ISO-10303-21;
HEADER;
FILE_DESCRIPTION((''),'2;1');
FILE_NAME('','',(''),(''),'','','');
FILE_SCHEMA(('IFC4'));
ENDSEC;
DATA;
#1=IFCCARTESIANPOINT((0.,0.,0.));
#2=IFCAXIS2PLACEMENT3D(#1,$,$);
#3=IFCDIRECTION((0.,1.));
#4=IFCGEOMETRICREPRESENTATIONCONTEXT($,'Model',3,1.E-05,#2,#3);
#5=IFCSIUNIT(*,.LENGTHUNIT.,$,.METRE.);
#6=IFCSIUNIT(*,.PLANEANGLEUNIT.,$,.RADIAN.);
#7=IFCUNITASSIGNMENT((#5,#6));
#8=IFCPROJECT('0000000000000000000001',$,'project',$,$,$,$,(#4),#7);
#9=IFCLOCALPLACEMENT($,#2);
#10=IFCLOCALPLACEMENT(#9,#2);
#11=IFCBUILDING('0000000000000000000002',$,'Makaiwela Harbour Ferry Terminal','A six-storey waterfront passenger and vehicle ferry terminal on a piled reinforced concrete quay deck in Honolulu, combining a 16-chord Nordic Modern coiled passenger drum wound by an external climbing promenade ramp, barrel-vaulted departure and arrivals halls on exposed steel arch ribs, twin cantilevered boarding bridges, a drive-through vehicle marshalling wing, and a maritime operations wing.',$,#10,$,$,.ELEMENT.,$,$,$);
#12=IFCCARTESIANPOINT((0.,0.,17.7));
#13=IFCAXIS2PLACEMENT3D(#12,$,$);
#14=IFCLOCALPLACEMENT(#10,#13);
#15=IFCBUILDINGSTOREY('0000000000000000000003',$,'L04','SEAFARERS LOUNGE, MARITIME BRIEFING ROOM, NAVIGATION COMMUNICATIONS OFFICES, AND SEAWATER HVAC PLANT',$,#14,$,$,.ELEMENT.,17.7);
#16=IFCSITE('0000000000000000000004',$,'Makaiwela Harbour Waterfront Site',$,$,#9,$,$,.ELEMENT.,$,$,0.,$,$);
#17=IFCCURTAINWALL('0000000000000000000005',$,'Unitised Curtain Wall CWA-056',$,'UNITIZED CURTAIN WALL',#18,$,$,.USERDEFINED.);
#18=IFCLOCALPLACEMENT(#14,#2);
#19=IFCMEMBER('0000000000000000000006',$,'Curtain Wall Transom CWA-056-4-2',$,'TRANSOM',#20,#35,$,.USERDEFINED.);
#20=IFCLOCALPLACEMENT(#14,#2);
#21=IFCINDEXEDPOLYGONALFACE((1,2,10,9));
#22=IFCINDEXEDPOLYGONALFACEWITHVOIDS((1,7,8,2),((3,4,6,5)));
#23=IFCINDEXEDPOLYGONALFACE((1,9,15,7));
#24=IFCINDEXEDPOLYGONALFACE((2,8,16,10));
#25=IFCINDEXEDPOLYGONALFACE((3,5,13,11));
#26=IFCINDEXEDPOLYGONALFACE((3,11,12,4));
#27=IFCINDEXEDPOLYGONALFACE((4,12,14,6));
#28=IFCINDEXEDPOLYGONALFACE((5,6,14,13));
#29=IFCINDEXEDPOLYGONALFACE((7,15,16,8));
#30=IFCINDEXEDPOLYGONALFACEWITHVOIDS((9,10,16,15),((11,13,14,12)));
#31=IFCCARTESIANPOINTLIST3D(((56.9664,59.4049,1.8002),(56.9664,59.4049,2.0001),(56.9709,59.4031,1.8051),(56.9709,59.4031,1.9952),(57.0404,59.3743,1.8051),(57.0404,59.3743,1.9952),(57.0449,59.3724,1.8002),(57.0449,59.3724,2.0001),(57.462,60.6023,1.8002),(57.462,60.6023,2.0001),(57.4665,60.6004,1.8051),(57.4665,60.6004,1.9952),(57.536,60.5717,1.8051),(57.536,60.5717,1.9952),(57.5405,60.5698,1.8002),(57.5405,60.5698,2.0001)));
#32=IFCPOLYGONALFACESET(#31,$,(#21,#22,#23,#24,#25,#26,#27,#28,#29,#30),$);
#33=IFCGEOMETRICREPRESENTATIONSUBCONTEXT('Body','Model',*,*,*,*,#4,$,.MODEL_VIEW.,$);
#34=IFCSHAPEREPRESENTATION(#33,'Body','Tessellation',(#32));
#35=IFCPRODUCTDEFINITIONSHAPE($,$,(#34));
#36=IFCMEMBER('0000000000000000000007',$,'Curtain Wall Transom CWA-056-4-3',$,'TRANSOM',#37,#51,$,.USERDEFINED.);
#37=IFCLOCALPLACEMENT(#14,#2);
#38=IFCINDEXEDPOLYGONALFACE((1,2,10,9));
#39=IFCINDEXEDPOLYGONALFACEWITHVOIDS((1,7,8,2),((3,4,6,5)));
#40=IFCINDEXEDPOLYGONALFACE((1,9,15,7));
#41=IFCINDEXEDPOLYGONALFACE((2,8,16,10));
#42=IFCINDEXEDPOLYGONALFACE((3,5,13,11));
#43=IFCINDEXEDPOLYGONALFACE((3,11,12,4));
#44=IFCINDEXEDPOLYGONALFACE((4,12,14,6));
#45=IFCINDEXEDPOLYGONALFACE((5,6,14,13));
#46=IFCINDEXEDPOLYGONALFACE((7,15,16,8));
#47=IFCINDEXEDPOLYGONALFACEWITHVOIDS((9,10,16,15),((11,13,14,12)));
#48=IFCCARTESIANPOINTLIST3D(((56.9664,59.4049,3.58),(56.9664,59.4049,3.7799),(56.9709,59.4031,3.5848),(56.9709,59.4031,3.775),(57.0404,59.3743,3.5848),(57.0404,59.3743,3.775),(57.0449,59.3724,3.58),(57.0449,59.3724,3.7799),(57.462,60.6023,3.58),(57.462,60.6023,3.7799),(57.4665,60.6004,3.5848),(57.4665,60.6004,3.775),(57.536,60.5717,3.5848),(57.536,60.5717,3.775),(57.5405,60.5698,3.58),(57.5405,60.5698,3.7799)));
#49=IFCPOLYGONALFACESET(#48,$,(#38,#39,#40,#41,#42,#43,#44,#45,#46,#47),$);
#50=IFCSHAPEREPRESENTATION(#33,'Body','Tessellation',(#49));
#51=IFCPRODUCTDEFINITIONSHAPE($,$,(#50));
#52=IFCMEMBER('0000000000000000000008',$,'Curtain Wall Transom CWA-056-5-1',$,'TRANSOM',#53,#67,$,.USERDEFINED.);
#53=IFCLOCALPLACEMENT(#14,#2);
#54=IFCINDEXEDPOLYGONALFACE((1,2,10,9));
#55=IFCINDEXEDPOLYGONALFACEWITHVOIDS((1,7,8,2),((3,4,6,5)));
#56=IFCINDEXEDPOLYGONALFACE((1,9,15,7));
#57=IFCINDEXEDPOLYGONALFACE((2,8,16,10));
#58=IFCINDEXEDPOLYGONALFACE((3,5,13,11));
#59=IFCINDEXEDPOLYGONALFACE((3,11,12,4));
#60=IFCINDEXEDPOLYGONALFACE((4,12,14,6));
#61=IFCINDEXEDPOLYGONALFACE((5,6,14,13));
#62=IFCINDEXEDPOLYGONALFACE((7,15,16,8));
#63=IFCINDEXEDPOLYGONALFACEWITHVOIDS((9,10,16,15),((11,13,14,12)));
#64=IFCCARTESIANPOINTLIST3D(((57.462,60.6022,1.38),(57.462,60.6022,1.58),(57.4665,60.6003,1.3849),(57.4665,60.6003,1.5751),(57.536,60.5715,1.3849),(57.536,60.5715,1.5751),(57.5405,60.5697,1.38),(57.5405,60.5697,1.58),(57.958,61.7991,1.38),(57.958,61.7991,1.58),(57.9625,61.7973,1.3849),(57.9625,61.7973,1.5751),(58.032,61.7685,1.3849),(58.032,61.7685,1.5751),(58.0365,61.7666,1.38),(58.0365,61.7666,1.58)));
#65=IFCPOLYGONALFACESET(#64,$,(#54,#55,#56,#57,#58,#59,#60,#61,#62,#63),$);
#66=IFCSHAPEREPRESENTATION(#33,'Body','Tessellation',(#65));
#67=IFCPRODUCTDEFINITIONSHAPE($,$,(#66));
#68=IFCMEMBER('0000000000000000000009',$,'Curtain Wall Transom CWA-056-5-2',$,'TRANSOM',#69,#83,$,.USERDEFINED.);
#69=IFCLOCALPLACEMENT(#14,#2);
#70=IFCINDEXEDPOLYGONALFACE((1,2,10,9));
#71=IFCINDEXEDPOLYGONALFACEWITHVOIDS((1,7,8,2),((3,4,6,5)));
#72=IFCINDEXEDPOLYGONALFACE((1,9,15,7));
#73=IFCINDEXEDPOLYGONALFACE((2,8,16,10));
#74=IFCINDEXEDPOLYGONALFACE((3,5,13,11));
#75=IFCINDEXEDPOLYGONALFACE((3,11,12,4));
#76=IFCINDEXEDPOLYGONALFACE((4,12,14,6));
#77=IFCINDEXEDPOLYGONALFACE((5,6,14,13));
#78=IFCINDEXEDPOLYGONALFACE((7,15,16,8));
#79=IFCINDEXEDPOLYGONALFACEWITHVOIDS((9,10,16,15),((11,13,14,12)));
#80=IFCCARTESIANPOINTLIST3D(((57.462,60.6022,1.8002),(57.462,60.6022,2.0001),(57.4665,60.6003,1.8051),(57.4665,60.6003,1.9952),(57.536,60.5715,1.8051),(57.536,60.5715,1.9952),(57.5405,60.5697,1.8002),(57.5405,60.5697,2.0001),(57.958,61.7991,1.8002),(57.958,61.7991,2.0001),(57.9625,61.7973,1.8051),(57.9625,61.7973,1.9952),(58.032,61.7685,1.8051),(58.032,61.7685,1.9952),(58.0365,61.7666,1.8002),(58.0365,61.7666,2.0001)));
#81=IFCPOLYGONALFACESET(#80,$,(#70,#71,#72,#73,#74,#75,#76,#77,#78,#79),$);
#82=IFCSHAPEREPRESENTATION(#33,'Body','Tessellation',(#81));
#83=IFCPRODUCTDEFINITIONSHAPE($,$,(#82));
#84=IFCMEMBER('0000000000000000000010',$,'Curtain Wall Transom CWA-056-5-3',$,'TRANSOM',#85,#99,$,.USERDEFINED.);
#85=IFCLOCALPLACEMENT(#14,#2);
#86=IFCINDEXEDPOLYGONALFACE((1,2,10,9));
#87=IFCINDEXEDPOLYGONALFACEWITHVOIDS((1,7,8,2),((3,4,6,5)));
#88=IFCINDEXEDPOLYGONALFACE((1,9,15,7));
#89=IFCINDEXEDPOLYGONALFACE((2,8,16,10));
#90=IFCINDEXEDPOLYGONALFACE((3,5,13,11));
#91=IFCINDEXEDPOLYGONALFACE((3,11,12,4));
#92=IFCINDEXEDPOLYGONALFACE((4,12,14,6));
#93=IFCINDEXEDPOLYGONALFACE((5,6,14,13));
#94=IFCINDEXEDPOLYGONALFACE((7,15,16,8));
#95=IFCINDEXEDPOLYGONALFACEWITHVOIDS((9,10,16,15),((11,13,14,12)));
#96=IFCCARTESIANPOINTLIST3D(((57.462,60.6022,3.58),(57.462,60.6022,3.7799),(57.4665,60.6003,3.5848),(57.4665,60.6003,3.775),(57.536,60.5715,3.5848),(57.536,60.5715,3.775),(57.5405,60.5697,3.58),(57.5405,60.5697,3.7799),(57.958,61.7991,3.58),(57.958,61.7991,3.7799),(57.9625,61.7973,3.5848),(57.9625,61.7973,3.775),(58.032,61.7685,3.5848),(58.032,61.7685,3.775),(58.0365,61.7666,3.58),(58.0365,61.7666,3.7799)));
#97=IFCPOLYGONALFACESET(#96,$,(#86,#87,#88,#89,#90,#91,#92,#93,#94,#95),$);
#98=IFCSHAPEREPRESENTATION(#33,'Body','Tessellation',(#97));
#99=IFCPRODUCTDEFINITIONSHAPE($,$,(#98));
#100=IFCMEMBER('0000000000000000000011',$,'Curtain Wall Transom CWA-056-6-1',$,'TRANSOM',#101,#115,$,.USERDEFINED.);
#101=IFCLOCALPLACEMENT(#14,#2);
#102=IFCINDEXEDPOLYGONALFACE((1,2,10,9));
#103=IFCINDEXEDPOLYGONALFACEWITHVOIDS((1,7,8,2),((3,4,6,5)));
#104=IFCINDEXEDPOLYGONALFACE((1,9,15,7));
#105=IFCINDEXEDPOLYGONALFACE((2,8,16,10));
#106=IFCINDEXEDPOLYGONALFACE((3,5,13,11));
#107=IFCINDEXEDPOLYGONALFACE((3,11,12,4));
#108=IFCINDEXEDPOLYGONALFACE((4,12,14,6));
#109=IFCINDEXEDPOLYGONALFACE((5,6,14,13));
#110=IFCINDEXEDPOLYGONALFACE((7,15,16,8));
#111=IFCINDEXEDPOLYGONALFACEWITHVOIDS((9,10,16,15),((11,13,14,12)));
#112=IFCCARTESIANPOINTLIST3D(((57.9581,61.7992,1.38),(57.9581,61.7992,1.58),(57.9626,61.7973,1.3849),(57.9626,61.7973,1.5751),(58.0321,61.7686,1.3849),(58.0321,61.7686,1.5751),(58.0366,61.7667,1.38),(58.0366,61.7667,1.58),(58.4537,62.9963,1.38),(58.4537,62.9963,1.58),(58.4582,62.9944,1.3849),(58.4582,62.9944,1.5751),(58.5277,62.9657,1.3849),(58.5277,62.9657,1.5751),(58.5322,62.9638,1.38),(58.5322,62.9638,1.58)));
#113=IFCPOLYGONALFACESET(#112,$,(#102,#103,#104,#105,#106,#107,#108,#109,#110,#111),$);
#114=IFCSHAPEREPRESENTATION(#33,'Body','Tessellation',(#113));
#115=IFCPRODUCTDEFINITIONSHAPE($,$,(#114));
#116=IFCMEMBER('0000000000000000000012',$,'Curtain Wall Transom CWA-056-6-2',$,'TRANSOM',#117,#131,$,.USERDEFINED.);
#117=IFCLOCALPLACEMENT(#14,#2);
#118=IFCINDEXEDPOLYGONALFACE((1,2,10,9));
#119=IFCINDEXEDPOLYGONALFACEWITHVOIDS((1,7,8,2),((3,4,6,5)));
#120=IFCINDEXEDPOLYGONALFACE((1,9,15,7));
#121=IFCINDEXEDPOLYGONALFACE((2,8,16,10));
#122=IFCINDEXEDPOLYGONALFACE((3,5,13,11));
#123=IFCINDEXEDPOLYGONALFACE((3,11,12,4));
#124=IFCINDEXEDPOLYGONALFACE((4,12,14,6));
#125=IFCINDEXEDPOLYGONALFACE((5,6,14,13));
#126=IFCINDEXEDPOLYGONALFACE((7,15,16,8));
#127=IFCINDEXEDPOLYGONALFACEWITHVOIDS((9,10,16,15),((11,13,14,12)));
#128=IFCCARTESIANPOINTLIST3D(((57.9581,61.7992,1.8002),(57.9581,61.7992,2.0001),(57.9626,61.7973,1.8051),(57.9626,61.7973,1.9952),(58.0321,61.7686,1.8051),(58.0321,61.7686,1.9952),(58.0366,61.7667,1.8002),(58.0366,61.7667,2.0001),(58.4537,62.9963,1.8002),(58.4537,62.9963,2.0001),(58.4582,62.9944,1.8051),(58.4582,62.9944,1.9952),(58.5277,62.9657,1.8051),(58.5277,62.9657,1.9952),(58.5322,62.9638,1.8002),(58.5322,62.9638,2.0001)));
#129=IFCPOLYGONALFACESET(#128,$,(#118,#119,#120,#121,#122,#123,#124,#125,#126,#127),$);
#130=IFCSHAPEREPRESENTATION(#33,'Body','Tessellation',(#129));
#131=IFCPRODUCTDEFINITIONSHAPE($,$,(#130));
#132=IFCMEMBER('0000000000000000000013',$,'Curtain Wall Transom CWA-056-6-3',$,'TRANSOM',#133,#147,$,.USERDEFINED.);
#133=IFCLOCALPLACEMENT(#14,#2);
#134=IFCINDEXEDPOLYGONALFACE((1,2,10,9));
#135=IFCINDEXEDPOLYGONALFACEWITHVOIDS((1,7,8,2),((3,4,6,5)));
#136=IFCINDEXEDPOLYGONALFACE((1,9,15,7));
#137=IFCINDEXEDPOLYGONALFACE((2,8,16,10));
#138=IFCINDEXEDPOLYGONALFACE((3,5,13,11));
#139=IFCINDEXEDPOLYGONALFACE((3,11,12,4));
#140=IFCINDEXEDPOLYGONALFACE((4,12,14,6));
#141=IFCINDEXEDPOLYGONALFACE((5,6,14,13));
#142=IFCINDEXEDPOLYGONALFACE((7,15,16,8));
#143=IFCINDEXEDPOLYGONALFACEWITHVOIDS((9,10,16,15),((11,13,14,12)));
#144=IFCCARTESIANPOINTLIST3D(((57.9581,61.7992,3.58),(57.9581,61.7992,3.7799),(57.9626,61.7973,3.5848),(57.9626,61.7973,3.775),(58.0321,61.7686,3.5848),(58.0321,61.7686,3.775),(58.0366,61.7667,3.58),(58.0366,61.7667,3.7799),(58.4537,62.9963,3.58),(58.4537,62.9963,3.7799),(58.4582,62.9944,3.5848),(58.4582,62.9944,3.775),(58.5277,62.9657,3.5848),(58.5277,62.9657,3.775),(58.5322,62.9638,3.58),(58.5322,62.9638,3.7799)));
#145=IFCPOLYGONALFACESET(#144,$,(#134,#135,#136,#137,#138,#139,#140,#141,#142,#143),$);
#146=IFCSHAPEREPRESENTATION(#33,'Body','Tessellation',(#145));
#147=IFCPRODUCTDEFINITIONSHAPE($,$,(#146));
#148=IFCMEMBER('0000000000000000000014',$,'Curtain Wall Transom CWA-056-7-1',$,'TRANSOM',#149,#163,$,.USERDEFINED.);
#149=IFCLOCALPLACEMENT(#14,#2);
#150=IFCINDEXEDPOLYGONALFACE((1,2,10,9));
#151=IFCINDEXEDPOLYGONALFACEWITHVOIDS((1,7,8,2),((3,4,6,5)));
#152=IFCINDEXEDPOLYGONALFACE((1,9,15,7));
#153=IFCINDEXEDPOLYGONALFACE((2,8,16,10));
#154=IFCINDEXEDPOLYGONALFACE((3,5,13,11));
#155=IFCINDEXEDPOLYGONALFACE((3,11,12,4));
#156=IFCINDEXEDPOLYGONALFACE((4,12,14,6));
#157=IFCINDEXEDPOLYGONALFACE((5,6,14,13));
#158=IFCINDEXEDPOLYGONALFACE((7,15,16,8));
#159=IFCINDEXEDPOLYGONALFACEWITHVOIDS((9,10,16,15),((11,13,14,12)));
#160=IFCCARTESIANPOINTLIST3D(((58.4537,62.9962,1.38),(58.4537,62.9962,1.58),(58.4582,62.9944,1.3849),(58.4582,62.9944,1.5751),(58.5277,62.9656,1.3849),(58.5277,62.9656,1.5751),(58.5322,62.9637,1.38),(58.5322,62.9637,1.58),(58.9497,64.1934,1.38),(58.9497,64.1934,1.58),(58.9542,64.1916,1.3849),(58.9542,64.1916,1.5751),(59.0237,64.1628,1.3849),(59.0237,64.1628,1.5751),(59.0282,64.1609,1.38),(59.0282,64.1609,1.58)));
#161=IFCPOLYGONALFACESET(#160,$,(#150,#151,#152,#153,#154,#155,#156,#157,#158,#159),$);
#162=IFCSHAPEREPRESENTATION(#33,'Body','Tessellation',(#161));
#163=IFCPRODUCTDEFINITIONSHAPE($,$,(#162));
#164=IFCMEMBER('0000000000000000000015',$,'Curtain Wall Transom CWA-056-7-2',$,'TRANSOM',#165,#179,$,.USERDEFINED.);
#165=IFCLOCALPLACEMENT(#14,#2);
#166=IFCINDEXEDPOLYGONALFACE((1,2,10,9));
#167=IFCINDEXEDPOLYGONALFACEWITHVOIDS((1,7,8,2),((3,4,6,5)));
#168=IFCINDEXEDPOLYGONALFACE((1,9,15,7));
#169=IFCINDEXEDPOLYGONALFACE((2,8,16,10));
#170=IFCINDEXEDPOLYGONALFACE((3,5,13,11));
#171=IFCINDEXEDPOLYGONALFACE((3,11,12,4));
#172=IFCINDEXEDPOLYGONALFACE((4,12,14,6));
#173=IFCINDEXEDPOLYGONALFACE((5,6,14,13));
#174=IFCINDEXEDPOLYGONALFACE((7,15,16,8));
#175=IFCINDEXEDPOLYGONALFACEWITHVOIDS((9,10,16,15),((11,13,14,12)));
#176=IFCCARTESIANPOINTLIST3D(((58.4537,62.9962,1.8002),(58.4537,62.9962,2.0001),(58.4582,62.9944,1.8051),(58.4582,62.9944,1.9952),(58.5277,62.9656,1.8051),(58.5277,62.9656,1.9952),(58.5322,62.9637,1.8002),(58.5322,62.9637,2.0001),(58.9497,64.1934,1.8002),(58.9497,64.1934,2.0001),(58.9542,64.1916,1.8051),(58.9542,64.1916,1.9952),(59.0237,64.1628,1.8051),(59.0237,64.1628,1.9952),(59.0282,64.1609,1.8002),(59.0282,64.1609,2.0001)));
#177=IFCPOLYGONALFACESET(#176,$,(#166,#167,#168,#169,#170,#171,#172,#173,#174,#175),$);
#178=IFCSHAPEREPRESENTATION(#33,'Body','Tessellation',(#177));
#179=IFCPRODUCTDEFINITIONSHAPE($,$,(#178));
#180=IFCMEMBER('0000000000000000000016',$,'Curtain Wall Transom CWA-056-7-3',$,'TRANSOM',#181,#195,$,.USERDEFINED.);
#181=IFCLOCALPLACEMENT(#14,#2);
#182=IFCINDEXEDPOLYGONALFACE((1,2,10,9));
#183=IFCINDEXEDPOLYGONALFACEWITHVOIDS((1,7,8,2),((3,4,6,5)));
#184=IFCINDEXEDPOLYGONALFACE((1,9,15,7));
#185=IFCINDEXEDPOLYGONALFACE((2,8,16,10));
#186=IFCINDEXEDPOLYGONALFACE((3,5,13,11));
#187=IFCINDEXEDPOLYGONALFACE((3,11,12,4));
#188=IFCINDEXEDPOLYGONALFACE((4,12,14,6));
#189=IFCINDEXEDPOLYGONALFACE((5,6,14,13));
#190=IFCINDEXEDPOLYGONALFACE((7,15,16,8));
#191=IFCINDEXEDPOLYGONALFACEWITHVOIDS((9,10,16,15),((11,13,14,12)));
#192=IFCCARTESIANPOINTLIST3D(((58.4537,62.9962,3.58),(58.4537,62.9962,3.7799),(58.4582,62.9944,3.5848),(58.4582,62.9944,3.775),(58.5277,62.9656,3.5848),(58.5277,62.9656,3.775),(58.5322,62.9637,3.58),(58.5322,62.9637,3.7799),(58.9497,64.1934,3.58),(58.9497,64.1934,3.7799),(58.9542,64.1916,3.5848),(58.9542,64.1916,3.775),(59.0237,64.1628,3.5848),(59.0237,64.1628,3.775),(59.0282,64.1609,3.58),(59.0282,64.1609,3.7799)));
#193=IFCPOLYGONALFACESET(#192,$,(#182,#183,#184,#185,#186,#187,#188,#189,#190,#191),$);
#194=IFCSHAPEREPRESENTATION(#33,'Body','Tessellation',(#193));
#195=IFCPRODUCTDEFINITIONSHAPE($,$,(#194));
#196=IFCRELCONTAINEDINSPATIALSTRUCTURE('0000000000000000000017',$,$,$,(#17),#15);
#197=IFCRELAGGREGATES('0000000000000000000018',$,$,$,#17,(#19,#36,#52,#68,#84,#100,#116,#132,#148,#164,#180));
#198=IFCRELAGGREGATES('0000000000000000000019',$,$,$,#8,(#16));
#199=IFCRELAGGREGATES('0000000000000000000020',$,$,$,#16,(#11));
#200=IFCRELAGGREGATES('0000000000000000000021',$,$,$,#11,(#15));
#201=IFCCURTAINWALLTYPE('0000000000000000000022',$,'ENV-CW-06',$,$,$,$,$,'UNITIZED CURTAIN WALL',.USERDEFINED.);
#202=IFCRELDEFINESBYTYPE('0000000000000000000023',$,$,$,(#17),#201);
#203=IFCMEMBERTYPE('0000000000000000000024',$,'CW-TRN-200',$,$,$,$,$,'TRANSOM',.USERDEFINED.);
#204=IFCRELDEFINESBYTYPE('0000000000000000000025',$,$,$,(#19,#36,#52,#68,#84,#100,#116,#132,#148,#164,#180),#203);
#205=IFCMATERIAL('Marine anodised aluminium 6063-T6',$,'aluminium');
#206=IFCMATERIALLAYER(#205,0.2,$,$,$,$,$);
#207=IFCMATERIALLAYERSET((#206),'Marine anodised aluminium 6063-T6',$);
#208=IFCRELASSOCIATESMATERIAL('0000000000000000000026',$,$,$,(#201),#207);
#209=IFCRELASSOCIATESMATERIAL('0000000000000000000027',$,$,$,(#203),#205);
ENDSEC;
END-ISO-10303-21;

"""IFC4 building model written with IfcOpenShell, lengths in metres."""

from ifc_helpers import new_model, si_unit, direction, frame, origin, origin_2d, place, context, subcontext, project, spatial, hollow_rectangle, extrude, material, layer, layer_set, material_profile, profile_set, type_object, element, aggregate, save


model = new_model("IFC4")

# Units and contexts
model_context = context("Model", 3, precision=1e-05, world=origin(), true_north=direction((0.0, 1.0)))
body_context = subcontext(model_context, "Body", "Model", "MODEL_VIEW")
ifc_project = project(units=[si_unit("LENGTHUNIT", "METRE"), si_unit("PLANEANGLEUNIT", "RADIAN")], contexts=[model_context])

# Site, building, storey
site_placement = place(None, origin())
site = spatial("IfcSite", under=ifc_project, at=site_placement, Name="Makaiwela Harbour Waterfront Site", CompositionType="ELEMENT", RefElevation=0.0)
building_placement = place(site_placement, origin())
building = spatial("IfcBuilding", under=site, at=building_placement, Name="Makaiwela Harbour Ferry Terminal", Description="A six-storey waterfront passenger and vehicle ferry terminal on a piled reinforced concrete quay deck in Honolulu, combining a 16-chord Nordic Modern coiled passenger drum wound by an external climbing promenade ramp, barrel-vaulted departure and arrivals halls on exposed steel arch ribs, twin cantilevered boarding bridges, a drive-through vehicle marshalling wing, and a maritime operations wing.", CompositionType="ELEMENT")
storey_placement = place(building_placement, frame((0.0, 0.0, 17.7)))
storey = spatial("IfcBuildingStorey", under=building, at=storey_placement, Name="L04", Description="SEAFARERS LOUNGE, MARITIME BRIEFING ROOM, NAVIGATION COMMUNICATIONS OFFICES, AND SEAWATER HVAC PLANT", CompositionType="ELEMENT", Elevation=17.7)

# Curtain wall, members
ifc_material_1 = material(Name="Marine anodised aluminium 6063-T6", Category="aluminium")
ifc_layer_1 = layer(ifc_material_1, 0.2)
ifc_layer_set_1 = layer_set([ifc_layer_1], Name="Marine anodised aluminium 6063-T6")
curtain_wall_type = type_object("IfcCurtainWallType", Name="ENV-CW-06", ElementType="UNITIZED CURTAIN WALL", PredefinedType="USERDEFINED", material=ifc_layer_set_1)
curtain_wall_placement = place(storey_placement, origin())
curtain_wall = element("IfcCurtainWall", 1, at=curtain_wall_placement, inside=storey, type_object=curtain_wall_type, Name="Unitised Curtain Wall CWA-056", ObjectType="UNITIZED CURTAIN WALL", PredefinedType="USERDEFINED")
ifc_material_profile_1 = material_profile(ifc_material_1, hollow_rectangle(XDim=0.085, YDim=0.2, WallThickness=0.0049, at=origin_2d()), Name="CWT-200X85")
ifc_profile_set_1 = profile_set([ifc_material_profile_1], Name="Marine anodised aluminium 6063-T6")
member_type_1 = type_object("IfcMemberType", Name="CW-TRN-200", ElementType="TRANSOM", PredefinedType="USERDEFINED", material=ifc_profile_set_1)
member_1_placement = place(storey_placement, frame((57.0056, 59.3887, 1.9001), z_axis=(0.382474, 0.923966, 0.0), x_axis=(-0.923966, 0.382474, 0.0)))
member_1 = element("IfcMember", 2, at=member_1_placement, type_object=member_type_1, Name="Curtain Wall Transom CWA-056-4-2", ObjectType="TRANSOM", PredefinedType="USERDEFINED", context=body_context, shape_type="SweptSolid", body=[
    extrude(hollow_rectangle(XDim=0.085, YDim=0.2, WallThickness=0.0049, at=origin_2d()), origin(), (0.0, 0.0, 1.0), 1.2959),
])
member_2_placement = place(storey_placement, frame((57.0056, 59.3887, 3.6799), z_axis=(0.382474, 0.923966, 0.0), x_axis=(-0.923966, 0.382474, 0.0)))
member_2 = element("IfcMember", 3, at=member_2_placement, type_object=member_type_1, Name="Curtain Wall Transom CWA-056-4-3", ObjectType="TRANSOM", PredefinedType="USERDEFINED", context=body_context, shape_type="SweptSolid", body=[
    extrude(hollow_rectangle(XDim=0.085, YDim=0.2, WallThickness=0.0049, at=origin_2d()), origin(), (0.0, 0.0, 1.0), 1.2959),
])
member_3_placement = place(storey_placement, frame((57.5012, 60.5859, 1.48), z_axis=(0.382862, 0.923806, 0.0), x_axis=(-0.923806, 0.382862, 0.0)))
member_3 = element("IfcMember", 4, at=member_3_placement, type_object=member_type_1, Name="Curtain Wall Transom CWA-056-5-1", ObjectType="TRANSOM", PredefinedType="USERDEFINED", context=body_context, shape_type="SweptSolid", body=[
    extrude(hollow_rectangle(XDim=0.085, YDim=0.2, WallThickness=0.0049, at=origin_2d()), origin(), (0.0, 0.0, 1.0), 1.2957),
])
member_4_placement = place(storey_placement, frame((57.5012, 60.5859, 1.9001), z_axis=(0.382862, 0.923806, 0.0), x_axis=(-0.923806, 0.382862, 0.0)))
member_4 = element("IfcMember", 5, at=member_4_placement, type_object=member_type_1, Name="Curtain Wall Transom CWA-056-5-2", ObjectType="TRANSOM", PredefinedType="USERDEFINED", context=body_context, shape_type="SweptSolid", body=[
    extrude(hollow_rectangle(XDim=0.085, YDim=0.2, WallThickness=0.0049, at=origin_2d()), origin(), (0.0, 0.0, 1.0), 1.2957),
])
member_5_placement = place(storey_placement, frame((57.5012, 60.5859, 3.6799), z_axis=(0.382862, 0.923806, 0.0), x_axis=(-0.923806, 0.382862, 0.0)))
member_5 = element("IfcMember", 6, at=member_5_placement, type_object=member_type_1, Name="Curtain Wall Transom CWA-056-5-3", ObjectType="TRANSOM", PredefinedType="USERDEFINED", context=body_context, shape_type="SweptSolid", body=[
    extrude(hollow_rectangle(XDim=0.085, YDim=0.2, WallThickness=0.0049, at=origin_2d()), origin(), (0.0, 0.0, 1.0), 1.2957),
])
member_6_placement = place(storey_placement, frame((57.9973, 61.783, 1.48), z_axis=(0.38254, 0.923939, 0.0), x_axis=(-0.923939, 0.38254, 0.0)))
member_6 = element("IfcMember", 7, at=member_6_placement, type_object=member_type_1, Name="Curtain Wall Transom CWA-056-6-1", ObjectType="TRANSOM", PredefinedType="USERDEFINED", context=body_context, shape_type="SweptSolid", body=[
    extrude(hollow_rectangle(XDim=0.085, YDim=0.2, WallThickness=0.0049, at=origin_2d()), origin(), (0.0, 0.0, 1.0), 1.2957),
])
member_7_placement = place(storey_placement, frame((57.9973, 61.783, 1.9001), z_axis=(0.38254, 0.923939, 0.0), x_axis=(-0.923939, 0.38254, 0.0)))
member_7 = element("IfcMember", 8, at=member_7_placement, type_object=member_type_1, Name="Curtain Wall Transom CWA-056-6-2", ObjectType="TRANSOM", PredefinedType="USERDEFINED", context=body_context, shape_type="SweptSolid", body=[
    extrude(hollow_rectangle(XDim=0.085, YDim=0.2, WallThickness=0.0049, at=origin_2d()), origin(), (0.0, 0.0, 1.0), 1.2957),
])
member_8_placement = place(storey_placement, frame((57.9973, 61.783, 3.6799), z_axis=(0.38254, 0.923939, 0.0), x_axis=(-0.923939, 0.38254, 0.0)))
member_8 = element("IfcMember", 9, at=member_8_placement, type_object=member_type_1, Name="Curtain Wall Transom CWA-056-6-3", ObjectType="TRANSOM", PredefinedType="USERDEFINED", context=body_context, shape_type="SweptSolid", body=[
    extrude(hollow_rectangle(XDim=0.085, YDim=0.2, WallThickness=0.0049, at=origin_2d()), origin(), (0.0, 0.0, 1.0), 1.2957),
])
member_9_placement = place(storey_placement, frame((58.4929, 62.98, 1.48), z_axis=(0.382795, 0.923833, 0.0), x_axis=(-0.923833, 0.382795, 0.0)))
member_9 = element("IfcMember", 10, at=member_9_placement, type_object=member_type_1, Name="Curtain Wall Transom CWA-056-7-1", ObjectType="TRANSOM", PredefinedType="USERDEFINED", context=body_context, shape_type="SweptSolid", body=[
    extrude(hollow_rectangle(XDim=0.085, YDim=0.2, WallThickness=0.0049, at=origin_2d()), origin(), (0.0, 0.0, 1.0), 1.2959),
])
member_10_placement = place(storey_placement, frame((58.4929, 62.98, 1.9001), z_axis=(0.382795, 0.923833, 0.0), x_axis=(-0.923833, 0.382795, 0.0)))
member_10 = element("IfcMember", 11, at=member_10_placement, type_object=member_type_1, Name="Curtain Wall Transom CWA-056-7-2", ObjectType="TRANSOM", PredefinedType="USERDEFINED", context=body_context, shape_type="SweptSolid", body=[
    extrude(hollow_rectangle(XDim=0.085, YDim=0.2, WallThickness=0.0049, at=origin_2d()), origin(), (0.0, 0.0, 1.0), 1.2959),
])
member_11_placement = place(storey_placement, frame((58.4929, 62.98, 3.6799), z_axis=(0.382795, 0.923833, 0.0), x_axis=(-0.923833, 0.382795, 0.0)))
member_11 = element("IfcMember", 12, at=member_11_placement, type_object=member_type_1, Name="Curtain Wall Transom CWA-056-7-3", ObjectType="TRANSOM", PredefinedType="USERDEFINED", context=body_context, shape_type="SweptSolid", body=[
    extrude(hollow_rectangle(XDim=0.085, YDim=0.2, WallThickness=0.0049, at=origin_2d()), origin(), (0.0, 0.0, 1.0), 1.2959),
])
aggregate(curtain_wall, [member_1, member_2, member_3, member_4, member_5, member_6, member_7, member_8, member_9, member_10, member_11])

save(model, "model.ifc")
